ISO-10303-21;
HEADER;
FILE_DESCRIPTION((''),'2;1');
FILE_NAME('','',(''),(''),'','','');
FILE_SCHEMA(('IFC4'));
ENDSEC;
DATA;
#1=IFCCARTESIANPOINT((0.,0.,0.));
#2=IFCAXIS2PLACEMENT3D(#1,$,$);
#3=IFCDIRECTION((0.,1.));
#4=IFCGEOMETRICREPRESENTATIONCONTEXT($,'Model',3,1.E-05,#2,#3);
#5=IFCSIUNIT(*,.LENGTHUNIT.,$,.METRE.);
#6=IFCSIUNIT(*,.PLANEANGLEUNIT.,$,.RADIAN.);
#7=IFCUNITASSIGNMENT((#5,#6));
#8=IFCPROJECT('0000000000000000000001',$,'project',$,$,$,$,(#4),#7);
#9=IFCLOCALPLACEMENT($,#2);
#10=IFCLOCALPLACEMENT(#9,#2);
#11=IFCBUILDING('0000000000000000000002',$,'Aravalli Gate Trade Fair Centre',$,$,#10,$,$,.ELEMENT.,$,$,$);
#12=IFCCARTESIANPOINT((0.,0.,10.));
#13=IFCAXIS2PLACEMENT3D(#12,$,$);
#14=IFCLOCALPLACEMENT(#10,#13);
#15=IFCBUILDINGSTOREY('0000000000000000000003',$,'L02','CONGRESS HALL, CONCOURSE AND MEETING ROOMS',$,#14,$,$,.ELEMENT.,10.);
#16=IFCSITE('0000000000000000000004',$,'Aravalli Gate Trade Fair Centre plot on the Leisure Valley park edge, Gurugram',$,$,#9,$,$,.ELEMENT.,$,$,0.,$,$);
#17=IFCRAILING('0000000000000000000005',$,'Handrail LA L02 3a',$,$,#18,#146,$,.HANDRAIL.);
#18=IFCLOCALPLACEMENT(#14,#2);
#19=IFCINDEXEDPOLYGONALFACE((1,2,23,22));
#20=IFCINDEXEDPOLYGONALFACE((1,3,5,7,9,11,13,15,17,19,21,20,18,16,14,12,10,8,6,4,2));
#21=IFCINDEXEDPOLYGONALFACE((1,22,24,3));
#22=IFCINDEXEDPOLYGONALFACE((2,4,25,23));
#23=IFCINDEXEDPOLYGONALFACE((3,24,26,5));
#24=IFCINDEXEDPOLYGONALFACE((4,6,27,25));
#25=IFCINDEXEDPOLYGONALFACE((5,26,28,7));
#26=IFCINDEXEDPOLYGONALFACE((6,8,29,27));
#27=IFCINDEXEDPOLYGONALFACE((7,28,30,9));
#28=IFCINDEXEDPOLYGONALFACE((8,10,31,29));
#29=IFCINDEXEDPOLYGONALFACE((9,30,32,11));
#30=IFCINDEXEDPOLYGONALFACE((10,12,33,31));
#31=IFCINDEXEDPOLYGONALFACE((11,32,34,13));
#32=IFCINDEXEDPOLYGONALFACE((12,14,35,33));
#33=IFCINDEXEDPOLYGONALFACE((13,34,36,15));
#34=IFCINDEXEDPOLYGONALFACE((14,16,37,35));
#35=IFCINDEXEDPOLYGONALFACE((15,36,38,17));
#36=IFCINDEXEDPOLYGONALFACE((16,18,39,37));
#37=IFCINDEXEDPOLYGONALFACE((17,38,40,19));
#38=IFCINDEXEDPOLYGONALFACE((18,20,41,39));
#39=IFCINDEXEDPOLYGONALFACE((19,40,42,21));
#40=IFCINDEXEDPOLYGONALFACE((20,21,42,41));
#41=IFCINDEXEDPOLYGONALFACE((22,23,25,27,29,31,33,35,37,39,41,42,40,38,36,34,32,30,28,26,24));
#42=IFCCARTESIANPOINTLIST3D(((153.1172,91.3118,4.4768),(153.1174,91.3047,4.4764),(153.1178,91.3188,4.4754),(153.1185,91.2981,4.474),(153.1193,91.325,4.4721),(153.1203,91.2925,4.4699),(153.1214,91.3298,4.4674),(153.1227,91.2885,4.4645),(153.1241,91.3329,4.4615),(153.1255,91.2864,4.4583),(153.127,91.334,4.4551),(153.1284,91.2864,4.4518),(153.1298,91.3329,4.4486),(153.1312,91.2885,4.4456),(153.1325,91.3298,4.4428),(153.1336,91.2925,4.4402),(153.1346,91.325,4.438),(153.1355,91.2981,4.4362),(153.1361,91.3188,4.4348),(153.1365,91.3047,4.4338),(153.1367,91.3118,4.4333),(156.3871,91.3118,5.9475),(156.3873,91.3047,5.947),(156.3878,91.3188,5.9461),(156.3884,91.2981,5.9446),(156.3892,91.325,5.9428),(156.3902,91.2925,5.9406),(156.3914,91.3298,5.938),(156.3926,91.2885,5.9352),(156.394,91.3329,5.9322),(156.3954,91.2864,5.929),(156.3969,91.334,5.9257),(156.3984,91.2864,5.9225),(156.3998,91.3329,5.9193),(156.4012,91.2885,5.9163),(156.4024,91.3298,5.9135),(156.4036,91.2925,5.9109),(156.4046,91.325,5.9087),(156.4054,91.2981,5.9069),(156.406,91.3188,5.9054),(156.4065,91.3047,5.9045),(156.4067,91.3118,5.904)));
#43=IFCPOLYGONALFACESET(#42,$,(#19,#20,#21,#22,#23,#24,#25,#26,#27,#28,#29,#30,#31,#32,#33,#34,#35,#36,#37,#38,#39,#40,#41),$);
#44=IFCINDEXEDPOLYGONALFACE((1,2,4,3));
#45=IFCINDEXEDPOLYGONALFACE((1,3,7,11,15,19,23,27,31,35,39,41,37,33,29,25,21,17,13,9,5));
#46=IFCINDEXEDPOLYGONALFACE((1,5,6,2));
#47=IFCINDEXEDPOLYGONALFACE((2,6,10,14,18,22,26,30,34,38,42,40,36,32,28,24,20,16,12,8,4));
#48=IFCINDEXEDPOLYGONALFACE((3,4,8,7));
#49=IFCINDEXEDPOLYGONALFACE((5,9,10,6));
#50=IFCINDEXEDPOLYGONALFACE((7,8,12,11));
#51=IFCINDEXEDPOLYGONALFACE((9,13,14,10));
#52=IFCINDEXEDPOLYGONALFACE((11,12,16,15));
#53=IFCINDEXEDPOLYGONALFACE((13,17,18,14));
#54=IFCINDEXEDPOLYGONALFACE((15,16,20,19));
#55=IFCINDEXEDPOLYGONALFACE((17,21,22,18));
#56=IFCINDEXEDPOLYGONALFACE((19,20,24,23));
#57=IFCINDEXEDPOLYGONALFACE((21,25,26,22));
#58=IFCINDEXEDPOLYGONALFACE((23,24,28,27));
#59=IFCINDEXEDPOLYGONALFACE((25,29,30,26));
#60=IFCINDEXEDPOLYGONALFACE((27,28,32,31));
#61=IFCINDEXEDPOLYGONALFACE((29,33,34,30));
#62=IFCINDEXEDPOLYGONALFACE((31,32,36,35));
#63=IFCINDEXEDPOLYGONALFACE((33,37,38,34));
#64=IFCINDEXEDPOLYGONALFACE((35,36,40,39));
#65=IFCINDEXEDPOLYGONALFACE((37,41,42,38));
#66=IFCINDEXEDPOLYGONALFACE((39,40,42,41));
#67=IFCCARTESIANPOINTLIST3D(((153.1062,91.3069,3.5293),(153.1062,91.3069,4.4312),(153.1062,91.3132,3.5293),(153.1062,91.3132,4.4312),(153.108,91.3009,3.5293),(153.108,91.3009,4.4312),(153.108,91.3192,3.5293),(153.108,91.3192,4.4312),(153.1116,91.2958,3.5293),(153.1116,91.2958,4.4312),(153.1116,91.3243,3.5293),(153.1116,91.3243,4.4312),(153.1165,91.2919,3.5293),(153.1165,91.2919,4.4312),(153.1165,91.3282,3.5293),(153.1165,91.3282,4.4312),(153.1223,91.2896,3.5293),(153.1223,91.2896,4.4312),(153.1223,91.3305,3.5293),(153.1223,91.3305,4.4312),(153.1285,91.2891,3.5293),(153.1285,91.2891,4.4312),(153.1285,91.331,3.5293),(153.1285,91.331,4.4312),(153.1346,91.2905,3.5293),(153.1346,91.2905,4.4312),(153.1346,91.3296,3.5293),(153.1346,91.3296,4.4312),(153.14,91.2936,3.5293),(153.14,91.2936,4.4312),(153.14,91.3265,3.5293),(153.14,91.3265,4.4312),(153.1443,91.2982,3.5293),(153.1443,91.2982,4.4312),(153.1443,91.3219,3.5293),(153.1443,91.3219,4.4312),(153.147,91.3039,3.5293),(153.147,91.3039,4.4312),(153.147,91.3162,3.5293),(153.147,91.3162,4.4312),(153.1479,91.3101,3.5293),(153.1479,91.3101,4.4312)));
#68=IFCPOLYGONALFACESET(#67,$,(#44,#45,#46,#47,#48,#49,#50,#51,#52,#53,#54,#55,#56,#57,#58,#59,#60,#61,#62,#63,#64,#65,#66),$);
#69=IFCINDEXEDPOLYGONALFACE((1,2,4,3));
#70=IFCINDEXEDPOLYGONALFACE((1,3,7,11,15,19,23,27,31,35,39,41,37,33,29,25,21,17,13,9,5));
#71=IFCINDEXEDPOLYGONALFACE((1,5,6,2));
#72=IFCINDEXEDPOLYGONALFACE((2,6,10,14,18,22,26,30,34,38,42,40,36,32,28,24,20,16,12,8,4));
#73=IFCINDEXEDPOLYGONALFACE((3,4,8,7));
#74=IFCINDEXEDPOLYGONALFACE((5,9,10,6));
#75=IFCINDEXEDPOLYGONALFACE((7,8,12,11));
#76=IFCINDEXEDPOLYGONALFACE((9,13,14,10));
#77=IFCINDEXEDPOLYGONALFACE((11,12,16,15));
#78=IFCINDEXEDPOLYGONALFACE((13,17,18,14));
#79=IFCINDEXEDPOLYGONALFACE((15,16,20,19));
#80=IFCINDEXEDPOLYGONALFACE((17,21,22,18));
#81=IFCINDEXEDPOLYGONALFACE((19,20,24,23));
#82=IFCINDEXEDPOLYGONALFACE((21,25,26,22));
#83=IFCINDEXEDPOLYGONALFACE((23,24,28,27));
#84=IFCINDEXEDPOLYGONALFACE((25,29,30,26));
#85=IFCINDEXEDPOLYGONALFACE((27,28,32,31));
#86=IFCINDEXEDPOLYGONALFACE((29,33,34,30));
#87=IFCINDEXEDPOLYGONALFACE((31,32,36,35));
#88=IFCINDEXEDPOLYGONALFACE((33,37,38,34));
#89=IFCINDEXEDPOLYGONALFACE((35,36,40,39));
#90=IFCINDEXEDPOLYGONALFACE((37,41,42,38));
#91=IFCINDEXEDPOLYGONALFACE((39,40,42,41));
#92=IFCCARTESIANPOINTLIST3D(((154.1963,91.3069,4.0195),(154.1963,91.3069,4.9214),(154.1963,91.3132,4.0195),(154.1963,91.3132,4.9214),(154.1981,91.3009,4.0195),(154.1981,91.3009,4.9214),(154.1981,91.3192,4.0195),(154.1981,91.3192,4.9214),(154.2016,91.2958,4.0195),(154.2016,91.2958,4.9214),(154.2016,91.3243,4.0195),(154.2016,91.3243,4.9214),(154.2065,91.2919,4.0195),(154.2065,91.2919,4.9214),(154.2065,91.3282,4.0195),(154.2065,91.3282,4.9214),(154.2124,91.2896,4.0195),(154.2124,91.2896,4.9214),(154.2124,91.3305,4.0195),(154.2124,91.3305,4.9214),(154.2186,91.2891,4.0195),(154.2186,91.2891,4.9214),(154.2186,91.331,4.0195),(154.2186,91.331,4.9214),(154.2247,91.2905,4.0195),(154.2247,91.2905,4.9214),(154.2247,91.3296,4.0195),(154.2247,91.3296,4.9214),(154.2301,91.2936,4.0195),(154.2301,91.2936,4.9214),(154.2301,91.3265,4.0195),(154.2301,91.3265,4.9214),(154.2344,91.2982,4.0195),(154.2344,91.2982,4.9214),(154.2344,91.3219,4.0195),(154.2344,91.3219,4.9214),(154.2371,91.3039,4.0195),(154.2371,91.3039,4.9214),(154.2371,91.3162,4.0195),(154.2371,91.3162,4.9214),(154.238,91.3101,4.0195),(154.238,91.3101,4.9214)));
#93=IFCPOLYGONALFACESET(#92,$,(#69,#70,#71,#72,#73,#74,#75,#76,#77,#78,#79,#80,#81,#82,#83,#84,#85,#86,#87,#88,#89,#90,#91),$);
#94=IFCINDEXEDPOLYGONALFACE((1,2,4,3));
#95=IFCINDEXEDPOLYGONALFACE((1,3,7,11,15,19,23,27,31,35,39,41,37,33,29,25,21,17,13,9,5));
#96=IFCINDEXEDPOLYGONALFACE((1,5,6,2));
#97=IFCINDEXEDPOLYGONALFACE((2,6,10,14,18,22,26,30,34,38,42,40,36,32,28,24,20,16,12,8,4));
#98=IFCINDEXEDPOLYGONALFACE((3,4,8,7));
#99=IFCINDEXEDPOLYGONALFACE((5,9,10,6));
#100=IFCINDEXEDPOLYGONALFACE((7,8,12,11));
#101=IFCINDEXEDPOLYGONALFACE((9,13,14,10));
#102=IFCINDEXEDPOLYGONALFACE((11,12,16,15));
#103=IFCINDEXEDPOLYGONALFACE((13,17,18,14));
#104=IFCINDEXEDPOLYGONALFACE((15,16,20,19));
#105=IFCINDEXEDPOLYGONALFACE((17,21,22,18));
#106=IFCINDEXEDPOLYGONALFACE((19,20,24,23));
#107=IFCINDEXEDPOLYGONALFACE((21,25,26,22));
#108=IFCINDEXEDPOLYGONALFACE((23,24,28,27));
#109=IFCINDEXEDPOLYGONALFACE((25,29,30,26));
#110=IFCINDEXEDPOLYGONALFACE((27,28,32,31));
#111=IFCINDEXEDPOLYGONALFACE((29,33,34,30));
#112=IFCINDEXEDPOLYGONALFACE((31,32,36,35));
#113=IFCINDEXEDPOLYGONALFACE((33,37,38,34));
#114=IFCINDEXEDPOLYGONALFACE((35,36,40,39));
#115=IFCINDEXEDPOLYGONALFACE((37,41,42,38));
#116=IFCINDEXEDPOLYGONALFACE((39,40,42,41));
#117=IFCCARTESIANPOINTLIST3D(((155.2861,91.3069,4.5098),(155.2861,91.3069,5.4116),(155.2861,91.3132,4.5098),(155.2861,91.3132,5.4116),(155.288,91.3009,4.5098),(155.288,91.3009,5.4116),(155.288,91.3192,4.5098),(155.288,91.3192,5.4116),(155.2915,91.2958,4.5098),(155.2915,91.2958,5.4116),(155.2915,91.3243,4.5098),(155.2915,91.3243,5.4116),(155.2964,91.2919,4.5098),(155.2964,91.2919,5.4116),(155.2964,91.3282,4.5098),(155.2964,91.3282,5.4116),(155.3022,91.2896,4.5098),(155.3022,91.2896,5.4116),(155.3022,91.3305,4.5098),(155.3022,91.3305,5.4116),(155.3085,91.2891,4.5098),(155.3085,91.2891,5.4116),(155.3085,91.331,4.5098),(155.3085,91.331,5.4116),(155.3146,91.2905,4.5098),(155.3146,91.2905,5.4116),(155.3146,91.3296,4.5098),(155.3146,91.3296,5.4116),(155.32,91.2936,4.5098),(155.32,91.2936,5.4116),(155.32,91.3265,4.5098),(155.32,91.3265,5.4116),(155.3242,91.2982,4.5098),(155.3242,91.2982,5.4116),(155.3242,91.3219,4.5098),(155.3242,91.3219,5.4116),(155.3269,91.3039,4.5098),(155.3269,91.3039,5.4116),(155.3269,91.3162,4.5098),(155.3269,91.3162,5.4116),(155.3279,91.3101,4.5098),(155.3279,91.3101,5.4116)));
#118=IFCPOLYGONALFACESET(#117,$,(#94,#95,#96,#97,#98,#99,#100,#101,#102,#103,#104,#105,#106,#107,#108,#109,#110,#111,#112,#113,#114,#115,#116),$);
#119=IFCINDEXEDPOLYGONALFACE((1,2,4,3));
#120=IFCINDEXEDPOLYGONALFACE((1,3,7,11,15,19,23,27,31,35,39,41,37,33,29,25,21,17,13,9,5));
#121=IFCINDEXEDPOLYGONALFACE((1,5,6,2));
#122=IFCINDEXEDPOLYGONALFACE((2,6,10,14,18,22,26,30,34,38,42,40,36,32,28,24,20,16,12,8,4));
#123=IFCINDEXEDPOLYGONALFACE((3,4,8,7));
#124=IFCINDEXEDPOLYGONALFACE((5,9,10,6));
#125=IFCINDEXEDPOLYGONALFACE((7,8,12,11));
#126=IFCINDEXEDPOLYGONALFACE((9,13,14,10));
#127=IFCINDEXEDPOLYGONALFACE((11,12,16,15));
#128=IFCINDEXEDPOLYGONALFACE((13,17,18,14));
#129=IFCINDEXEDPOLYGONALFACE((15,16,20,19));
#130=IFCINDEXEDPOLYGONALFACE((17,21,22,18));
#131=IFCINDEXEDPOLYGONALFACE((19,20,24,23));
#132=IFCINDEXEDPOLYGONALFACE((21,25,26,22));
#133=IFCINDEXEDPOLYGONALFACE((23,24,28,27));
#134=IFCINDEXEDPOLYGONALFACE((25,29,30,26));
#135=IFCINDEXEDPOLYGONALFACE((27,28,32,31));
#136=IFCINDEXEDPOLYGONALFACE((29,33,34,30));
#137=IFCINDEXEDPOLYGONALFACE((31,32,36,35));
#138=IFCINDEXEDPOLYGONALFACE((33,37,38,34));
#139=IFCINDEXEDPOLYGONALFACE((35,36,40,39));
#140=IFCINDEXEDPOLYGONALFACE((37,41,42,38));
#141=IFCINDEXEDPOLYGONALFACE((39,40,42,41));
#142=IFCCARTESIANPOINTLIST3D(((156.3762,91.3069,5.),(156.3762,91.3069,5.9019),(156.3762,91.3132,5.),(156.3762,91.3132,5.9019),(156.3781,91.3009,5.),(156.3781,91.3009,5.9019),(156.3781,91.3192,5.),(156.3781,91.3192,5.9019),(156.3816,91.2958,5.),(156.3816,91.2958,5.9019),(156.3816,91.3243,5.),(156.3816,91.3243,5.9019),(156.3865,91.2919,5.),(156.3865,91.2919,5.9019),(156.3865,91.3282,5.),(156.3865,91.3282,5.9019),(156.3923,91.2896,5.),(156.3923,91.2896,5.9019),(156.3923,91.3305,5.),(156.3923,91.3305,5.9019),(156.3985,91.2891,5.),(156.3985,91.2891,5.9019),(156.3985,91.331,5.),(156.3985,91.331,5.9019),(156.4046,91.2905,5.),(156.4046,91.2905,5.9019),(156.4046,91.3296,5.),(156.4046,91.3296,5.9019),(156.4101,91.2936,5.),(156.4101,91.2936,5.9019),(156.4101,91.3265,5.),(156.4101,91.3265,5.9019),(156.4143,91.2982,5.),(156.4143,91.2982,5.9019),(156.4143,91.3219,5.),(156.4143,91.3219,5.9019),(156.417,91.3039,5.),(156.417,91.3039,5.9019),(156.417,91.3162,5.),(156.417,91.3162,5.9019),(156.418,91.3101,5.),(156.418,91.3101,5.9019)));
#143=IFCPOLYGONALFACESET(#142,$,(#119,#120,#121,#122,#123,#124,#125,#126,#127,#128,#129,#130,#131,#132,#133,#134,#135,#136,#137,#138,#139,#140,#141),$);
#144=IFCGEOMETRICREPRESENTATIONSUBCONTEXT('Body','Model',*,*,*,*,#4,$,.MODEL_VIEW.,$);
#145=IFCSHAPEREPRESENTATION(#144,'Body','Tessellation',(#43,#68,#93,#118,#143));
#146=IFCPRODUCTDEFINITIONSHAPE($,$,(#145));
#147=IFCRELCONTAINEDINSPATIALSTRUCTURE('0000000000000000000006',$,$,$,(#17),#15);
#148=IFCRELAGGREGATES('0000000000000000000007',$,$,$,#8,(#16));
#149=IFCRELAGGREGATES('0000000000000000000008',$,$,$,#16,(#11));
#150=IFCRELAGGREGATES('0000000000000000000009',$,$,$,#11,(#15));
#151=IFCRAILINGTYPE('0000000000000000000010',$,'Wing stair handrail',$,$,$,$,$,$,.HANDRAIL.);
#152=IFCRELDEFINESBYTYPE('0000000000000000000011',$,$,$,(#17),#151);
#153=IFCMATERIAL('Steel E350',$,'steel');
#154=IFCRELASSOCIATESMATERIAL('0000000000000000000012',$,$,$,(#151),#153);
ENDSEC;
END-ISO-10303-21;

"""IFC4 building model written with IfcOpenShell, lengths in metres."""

from ifc_helpers import new_model, si_unit, direction, frame, origin, origin_2d, place, context, subcontext, project, spatial, circle, extrude, material, type_object, element, save


model = new_model("IFC4")

# Units and contexts
model_context = context("Model", 3, precision=1e-05, world=origin(), true_north=direction((0.0, 1.0)))
body_context = subcontext(model_context, "Body", "Model", "MODEL_VIEW")
ifc_project = project(units=[si_unit("LENGTHUNIT", "METRE"), si_unit("PLANEANGLEUNIT", "RADIAN")], contexts=[model_context])

# Site, building, storey
site_placement = place(None, origin())
site = spatial("IfcSite", under=ifc_project, at=site_placement, Name="Aravalli Gate Trade Fair Centre plot on the Leisure Valley park edge, Gurugram", CompositionType="ELEMENT", RefElevation=0.0)
building_placement = place(site_placement, origin())
building = spatial("IfcBuilding", under=site, at=building_placement, Name="Aravalli Gate Trade Fair Centre", CompositionType="ELEMENT")
storey_placement = place(building_placement, frame((0.0, 0.0, 10.0)))
storey = spatial("IfcBuildingStorey", under=building, at=storey_placement, Name="L02", Description="CONGRESS HALL, CONCOURSE AND MEETING ROOMS", CompositionType="ELEMENT", Elevation=10.0)

# Shared definitions
ifc_material_1 = material(Name="Steel E350", Category="steel")

# Railing
railing_type_1 = type_object("IfcRailingType", Name="Wing stair handrail", PredefinedType="HANDRAIL", material=ifc_material_1)
for number, where, name in (
    (1, (153.127, 91.3101, 3.5293), "Handrail LA L02 3a"),
):
    element("IfcRailing", number, at=place(storey_placement, frame(where)), inside=storey, type_object=railing_type_1, Name=name, PredefinedType="HANDRAIL", context=body_context, shape_type="SweptSolid", body=[
        extrude(circle(Radius=0.0239, at=origin_2d()), frame((0.0, 0.0, 0.9258), z_axis=(0.912006, 0.0, 0.410178), x_axis=(0.0, 1.0, 0.0)), (0.0, 0.0, 1.0), 3.5854),
        extrude(circle(Radius=0.021, at=origin_2d()), origin(), (0.0, 0.0, 1.0), 0.9019),
        extrude(circle(Radius=0.021, at=origin_2d()), frame((1.0901, 0.0, 0.4902)), (0.0, 0.0, 1.0), 0.9019),
        extrude(circle(Radius=0.021, at=origin_2d()), frame((2.1799, 0.0, 0.9805)), (0.0, 0.0, 1.0), 0.9019),
        extrude(circle(Radius=0.021, at=origin_2d()), frame((3.27, 0.0, 1.4707)), (0.0, 0.0, 1.0), 0.9019),
    ])

save(model, "model.ifc")
